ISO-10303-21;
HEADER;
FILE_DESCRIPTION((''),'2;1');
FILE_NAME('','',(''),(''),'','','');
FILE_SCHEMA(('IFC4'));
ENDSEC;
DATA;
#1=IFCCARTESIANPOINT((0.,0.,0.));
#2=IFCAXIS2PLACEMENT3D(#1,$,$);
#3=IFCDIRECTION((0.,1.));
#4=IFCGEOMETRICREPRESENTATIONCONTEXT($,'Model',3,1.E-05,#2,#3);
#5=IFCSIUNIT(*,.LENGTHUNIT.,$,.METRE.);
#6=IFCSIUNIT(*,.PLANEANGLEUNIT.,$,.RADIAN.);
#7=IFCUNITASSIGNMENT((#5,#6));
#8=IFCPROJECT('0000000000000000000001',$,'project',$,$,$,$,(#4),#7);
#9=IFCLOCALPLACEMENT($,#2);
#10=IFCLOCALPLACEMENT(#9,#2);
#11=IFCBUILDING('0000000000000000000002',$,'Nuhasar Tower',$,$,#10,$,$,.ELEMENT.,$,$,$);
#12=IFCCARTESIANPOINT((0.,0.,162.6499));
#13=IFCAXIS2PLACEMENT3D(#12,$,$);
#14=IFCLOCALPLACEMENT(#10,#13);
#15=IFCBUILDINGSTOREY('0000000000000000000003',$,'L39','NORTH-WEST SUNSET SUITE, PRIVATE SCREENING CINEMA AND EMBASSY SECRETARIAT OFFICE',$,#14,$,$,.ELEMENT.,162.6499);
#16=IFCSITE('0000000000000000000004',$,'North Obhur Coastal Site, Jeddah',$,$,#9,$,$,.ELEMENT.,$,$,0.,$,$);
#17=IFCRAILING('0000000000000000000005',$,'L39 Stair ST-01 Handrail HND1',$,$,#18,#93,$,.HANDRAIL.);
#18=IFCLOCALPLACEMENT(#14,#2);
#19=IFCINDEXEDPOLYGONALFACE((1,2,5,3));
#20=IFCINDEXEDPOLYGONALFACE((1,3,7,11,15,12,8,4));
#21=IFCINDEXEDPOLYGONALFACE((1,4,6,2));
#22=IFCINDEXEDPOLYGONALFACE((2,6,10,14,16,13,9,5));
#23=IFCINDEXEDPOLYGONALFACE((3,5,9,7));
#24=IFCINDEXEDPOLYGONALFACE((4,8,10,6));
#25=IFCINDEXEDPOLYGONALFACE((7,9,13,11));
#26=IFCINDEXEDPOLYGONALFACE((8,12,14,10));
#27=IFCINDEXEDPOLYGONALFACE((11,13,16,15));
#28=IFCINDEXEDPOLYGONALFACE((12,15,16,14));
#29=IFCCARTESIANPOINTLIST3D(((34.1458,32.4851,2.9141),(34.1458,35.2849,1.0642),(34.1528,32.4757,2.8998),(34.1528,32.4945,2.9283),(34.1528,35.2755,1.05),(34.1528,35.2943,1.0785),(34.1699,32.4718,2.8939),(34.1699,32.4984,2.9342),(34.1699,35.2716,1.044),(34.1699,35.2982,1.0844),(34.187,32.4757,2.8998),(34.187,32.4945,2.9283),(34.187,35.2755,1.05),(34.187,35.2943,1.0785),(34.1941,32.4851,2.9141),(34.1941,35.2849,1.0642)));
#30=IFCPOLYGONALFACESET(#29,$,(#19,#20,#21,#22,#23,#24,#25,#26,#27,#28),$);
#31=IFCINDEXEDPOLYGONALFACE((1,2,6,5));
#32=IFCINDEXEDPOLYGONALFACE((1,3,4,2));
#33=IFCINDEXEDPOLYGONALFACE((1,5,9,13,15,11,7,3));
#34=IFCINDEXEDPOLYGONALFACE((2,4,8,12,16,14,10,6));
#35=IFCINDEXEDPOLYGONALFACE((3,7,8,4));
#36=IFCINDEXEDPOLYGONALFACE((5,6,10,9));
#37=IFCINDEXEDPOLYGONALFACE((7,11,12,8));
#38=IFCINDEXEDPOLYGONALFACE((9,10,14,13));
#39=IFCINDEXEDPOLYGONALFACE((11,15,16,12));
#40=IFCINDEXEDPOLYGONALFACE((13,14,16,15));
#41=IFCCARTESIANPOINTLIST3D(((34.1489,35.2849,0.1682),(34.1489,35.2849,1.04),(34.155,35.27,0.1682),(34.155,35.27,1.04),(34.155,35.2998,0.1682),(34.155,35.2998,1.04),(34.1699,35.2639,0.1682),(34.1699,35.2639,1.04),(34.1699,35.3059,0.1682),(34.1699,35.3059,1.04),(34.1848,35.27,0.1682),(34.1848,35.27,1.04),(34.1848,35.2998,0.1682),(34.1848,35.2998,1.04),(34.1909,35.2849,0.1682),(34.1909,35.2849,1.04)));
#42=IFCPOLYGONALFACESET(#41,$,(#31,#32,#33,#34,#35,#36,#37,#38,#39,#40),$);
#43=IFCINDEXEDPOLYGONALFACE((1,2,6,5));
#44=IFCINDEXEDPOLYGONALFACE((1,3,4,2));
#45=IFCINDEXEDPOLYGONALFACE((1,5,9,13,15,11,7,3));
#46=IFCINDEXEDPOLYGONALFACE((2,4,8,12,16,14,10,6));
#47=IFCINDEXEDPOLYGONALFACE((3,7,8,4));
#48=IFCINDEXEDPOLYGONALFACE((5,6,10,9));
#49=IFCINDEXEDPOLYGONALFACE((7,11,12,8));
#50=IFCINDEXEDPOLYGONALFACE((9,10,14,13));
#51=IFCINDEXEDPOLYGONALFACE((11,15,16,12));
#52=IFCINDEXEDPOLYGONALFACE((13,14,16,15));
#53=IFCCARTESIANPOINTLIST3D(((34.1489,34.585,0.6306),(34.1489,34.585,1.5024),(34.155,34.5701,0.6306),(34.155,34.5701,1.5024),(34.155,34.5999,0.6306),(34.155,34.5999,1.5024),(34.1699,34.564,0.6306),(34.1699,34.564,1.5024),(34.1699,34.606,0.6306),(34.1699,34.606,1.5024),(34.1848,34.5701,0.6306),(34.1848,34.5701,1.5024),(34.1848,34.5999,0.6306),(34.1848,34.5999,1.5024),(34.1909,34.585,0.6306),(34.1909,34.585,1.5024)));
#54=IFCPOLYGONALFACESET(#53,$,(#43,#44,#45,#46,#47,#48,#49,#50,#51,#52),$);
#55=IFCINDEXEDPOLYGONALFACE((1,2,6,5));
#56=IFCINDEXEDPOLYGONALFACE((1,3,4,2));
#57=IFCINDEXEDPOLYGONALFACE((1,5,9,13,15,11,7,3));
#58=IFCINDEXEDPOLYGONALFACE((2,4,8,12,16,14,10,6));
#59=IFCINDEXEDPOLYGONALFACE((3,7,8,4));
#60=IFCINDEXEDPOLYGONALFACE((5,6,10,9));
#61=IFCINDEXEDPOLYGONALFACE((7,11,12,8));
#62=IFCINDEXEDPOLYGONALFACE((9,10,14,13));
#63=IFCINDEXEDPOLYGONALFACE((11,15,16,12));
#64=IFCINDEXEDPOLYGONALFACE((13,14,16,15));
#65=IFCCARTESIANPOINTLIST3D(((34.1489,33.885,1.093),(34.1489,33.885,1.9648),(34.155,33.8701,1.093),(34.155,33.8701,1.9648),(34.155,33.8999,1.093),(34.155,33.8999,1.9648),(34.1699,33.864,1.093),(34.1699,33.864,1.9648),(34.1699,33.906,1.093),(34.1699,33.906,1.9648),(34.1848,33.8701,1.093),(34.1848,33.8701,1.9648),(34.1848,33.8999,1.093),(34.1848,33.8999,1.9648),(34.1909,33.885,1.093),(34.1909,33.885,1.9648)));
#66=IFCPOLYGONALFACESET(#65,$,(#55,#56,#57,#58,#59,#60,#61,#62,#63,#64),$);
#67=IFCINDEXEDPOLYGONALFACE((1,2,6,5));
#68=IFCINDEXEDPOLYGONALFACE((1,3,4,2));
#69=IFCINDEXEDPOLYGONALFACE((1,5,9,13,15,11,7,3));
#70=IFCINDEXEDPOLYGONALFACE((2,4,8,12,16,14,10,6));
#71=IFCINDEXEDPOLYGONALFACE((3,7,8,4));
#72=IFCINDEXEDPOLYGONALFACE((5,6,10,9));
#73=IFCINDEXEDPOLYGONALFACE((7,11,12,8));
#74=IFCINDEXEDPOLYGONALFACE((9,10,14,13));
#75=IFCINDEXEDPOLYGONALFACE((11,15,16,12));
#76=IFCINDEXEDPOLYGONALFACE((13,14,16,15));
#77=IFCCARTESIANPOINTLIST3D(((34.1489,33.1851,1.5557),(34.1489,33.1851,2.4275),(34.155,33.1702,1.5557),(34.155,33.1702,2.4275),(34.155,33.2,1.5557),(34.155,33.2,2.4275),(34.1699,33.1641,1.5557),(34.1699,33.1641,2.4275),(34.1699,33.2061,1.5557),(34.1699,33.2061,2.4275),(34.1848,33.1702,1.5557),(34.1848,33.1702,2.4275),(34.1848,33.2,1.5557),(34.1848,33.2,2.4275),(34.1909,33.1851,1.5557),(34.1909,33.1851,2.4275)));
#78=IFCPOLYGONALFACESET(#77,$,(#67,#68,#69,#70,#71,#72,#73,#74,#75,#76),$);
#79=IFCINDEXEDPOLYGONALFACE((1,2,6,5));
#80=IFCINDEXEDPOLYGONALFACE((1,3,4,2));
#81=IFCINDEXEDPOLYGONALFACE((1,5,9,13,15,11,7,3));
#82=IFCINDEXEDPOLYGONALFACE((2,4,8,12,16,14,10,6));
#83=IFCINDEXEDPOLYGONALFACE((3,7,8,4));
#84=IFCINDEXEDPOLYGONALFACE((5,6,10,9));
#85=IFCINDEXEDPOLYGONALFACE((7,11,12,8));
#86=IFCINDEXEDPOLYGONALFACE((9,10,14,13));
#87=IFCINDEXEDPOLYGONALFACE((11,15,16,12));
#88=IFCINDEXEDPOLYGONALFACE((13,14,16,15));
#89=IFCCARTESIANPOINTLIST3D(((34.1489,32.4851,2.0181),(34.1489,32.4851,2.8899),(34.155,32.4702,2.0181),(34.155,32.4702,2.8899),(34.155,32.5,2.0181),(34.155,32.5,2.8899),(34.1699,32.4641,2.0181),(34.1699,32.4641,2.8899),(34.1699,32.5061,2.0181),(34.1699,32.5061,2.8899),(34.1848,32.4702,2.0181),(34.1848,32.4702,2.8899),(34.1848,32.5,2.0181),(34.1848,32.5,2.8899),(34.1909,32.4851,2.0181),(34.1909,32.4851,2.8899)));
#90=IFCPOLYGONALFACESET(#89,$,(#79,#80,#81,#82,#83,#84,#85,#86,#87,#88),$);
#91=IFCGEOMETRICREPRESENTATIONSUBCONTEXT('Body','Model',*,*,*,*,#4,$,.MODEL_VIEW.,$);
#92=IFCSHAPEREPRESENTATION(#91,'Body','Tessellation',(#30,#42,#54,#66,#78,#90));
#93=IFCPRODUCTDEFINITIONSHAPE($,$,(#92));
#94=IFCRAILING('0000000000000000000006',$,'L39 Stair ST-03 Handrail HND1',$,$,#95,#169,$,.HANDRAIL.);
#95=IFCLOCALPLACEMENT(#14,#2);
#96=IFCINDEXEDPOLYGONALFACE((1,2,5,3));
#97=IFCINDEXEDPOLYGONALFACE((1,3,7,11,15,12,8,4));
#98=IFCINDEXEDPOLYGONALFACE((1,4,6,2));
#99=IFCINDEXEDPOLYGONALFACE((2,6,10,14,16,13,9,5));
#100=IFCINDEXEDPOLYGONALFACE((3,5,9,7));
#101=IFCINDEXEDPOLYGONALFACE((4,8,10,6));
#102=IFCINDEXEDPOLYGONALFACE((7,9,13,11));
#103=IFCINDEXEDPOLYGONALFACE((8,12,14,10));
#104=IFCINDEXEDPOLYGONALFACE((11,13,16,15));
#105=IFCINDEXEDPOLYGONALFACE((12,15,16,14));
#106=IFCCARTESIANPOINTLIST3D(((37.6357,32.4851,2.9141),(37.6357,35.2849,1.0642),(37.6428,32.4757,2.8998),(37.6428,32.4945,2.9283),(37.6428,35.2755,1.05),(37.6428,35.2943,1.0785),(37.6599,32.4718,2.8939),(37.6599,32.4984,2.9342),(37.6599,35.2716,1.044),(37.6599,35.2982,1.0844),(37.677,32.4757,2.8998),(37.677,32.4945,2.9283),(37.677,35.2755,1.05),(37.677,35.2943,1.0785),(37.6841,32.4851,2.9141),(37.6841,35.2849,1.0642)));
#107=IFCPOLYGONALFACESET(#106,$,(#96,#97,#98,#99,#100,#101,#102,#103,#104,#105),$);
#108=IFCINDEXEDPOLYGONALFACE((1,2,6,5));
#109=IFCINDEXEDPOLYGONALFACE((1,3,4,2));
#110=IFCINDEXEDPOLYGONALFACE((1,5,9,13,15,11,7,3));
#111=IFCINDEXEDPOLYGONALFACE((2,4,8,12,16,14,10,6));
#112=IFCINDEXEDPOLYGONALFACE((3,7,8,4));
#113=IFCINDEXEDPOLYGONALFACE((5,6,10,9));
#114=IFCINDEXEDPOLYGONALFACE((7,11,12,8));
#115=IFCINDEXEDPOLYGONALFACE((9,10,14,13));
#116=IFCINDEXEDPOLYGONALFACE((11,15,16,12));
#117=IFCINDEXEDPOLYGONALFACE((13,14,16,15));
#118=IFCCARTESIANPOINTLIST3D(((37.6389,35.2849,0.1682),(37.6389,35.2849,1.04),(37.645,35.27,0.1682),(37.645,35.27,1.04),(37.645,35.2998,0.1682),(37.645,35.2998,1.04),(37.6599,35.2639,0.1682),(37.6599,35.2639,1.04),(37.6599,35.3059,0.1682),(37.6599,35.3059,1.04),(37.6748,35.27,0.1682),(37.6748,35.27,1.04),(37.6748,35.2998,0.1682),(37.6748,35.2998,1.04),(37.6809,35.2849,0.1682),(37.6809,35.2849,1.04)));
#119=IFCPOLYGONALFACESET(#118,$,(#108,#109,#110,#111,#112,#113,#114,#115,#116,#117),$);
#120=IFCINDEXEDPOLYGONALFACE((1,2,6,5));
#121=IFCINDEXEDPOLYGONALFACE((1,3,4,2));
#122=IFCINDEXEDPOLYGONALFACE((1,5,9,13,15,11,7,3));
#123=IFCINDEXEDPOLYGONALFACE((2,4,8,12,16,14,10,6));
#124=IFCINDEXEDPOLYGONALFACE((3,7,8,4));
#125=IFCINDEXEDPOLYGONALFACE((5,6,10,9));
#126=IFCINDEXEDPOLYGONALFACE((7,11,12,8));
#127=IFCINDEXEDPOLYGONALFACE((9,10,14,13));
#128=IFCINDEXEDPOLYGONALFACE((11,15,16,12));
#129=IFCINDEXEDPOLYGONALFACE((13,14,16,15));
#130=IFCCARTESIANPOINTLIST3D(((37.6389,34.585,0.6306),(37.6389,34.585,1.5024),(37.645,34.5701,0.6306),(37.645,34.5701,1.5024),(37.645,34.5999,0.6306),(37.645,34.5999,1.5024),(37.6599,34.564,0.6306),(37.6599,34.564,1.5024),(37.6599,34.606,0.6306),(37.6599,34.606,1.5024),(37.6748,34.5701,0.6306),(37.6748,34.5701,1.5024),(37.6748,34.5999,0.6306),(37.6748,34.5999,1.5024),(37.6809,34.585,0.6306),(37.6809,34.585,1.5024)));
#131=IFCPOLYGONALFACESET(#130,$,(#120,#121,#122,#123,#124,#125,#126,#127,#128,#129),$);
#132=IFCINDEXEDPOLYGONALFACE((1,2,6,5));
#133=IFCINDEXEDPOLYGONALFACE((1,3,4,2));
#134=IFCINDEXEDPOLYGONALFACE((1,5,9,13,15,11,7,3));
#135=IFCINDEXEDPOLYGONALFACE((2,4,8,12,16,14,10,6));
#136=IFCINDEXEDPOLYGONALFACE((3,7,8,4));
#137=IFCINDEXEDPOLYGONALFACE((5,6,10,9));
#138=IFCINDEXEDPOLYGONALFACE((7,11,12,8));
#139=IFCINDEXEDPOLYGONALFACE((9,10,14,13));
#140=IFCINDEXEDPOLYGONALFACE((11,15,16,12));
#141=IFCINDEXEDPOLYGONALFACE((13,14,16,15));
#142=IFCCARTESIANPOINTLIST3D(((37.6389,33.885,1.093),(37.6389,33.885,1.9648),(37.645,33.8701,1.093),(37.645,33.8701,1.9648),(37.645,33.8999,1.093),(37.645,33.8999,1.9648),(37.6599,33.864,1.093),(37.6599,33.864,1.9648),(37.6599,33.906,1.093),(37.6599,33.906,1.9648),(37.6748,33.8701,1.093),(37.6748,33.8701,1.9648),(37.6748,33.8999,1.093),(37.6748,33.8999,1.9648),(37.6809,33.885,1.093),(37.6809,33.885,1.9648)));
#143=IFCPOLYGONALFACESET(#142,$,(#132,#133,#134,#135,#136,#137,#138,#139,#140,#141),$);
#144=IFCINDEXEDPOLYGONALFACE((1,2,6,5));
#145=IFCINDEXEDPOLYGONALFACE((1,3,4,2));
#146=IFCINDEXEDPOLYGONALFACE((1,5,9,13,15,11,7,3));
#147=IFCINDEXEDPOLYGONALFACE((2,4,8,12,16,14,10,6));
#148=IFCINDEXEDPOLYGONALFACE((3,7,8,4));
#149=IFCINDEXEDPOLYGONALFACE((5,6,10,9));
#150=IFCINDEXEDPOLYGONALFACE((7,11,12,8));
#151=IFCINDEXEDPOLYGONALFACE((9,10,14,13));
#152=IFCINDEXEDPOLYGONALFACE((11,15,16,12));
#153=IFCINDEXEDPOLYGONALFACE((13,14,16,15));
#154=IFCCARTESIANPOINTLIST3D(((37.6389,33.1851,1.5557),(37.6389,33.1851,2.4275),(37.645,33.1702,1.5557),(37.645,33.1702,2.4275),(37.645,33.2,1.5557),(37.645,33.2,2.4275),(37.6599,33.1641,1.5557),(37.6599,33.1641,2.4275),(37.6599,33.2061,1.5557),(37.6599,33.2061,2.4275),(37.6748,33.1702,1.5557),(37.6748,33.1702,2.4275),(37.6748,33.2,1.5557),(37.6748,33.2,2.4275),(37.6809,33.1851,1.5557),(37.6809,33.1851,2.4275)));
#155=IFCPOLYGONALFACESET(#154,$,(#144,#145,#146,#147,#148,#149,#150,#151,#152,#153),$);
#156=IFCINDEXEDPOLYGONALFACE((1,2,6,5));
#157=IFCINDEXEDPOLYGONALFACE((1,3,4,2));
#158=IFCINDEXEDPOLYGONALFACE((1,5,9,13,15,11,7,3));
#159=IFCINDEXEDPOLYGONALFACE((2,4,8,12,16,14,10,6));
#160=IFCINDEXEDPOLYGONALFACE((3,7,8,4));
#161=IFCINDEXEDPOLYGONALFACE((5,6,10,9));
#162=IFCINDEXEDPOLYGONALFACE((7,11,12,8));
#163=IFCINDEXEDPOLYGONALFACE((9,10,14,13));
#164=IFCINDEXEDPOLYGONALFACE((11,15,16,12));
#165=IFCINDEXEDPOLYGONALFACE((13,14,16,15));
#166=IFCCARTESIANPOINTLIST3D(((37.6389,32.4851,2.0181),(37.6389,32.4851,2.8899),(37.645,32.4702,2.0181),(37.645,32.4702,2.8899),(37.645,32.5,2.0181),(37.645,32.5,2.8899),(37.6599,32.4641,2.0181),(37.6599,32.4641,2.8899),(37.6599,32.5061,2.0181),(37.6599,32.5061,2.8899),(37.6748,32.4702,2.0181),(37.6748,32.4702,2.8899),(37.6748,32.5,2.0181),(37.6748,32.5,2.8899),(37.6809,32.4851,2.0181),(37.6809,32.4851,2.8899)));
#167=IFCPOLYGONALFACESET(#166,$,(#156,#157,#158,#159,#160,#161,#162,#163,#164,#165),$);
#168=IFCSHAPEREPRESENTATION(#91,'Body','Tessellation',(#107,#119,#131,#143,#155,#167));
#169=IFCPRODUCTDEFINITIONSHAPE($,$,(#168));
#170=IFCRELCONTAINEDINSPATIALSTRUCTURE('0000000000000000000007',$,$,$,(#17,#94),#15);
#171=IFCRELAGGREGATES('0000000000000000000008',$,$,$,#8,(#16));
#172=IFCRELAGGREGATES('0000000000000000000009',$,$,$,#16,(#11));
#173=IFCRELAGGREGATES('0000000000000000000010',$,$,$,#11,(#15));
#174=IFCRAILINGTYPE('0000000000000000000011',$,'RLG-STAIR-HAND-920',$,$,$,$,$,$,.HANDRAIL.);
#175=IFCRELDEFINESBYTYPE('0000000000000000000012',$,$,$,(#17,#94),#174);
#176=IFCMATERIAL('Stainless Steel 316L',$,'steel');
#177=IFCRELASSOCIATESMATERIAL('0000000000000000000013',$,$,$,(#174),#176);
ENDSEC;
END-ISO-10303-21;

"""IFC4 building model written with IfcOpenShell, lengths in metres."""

from ifc_helpers import new_model, si_unit, direction, frame, origin, place, context, subcontext, project, spatial, polyline, outline, extrude, material, type_object, element, save


model = new_model("IFC4")

# Units and contexts
model_context = context("Model", 3, precision=1e-05, world=origin(), true_north=direction((0.0, 1.0)))
body_context = subcontext(model_context, "Body", "Model", "MODEL_VIEW")
ifc_project = project(units=[si_unit("LENGTHUNIT", "METRE"), si_unit("PLANEANGLEUNIT", "RADIAN")], contexts=[model_context])

# Site, building, storey
site_placement = place(None, origin())
site = spatial("IfcSite", under=ifc_project, at=site_placement, Name="North Obhur Coastal Site, Jeddah", CompositionType="ELEMENT", RefElevation=0.0)
building_placement = place(site_placement, origin())
building = spatial("IfcBuilding", under=site, at=building_placement, Name="Nuhasar Tower", CompositionType="ELEMENT")
storey_placement = place(building_placement, frame((0.0, 0.0, 162.6499)))
storey = spatial("IfcBuildingStorey", under=building, at=storey_placement, Name="L39", Description="NORTH-WEST SUNSET SUITE, PRIVATE SCREENING CINEMA AND EMBASSY SECRETARIAT OFFICE", CompositionType="ELEMENT", Elevation=162.6499)

# Railings
ifc_material_1 = material(Name="Stainless Steel 316L", Category="steel")
railing_type_1 = type_object("IfcRailingType", Name="RLG-STAIR-HAND-920", PredefinedType="HANDRAIL", material=ifc_material_1)
railing_1_placement = place(storey_placement, frame((34.1699, 35.2849, 0.1682)))
element("IfcRailing", 1, at=railing_1_placement, inside=storey, type_object=railing_type_1, Name="L39 Stair ST-01 Handrail HND1", PredefinedType="HANDRAIL", context=body_context, shape_type="SweptSolid", body=[
    extrude(outline(polyline([(0.0242, 0.0), (0.0171, 0.0171), (0.0, 0.0242), (-0.0171, 0.0171), (-0.0242, 0.0), (-0.0171, -0.0171), (0.0, -0.0242), (0.0171, -0.0171), (0.0242, 0.0)])), frame((0.0, 0.0, 0.896), z_axis=(0.0, -0.834338, 0.551254), x_axis=(1.0, 0.0, 0.0)), (0.0, 0.0, 1.0), 3.3557),
    extrude(outline(polyline([(0.021, 0.0), (0.0149, 0.0149), (0.0, 0.021), (-0.0149, 0.0149), (-0.021, 0.0), (-0.0149, -0.0149), (0.0, -0.021), (0.0149, -0.0149), (0.021, 0.0)])), origin(), (0.0, 0.0, 1.0), 0.8718),
    extrude(outline(polyline([(0.021, 0.0), (0.0149, 0.0149), (0.0, 0.021), (-0.0149, 0.0149), (-0.021, 0.0), (-0.0149, -0.0149), (0.0, -0.021), (0.0149, -0.0149), (0.021, 0.0)])), frame((0.0, -0.7, 0.4624)), (0.0, 0.0, 1.0), 0.8718),
    extrude(outline(polyline([(0.021, 0.0), (0.0149, 0.0149), (0.0, 0.021), (-0.0149, 0.0149), (-0.021, 0.0), (-0.0149, -0.0149), (0.0, -0.021), (0.0149, -0.0149), (0.021, 0.0)])), frame((0.0, -1.3999, 0.9248)), (0.0, 0.0, 1.0), 0.8718),
    extrude(outline(polyline([(0.021, 0.0), (0.0149, 0.0149), (0.0, 0.021), (-0.0149, 0.0149), (-0.021, 0.0), (-0.0149, -0.0149), (0.0, -0.021), (0.0149, -0.0149), (0.021, 0.0)])), frame((0.0, -2.0999, 1.3875)), (0.0, 0.0, 1.0), 0.8718),
    extrude(outline(polyline([(0.021, 0.0), (0.0149, 0.0149), (0.0, 0.021), (-0.0149, 0.0149), (-0.021, 0.0), (-0.0149, -0.0149), (0.0, -0.021), (0.0149, -0.0149), (0.021, 0.0)])), frame((0.0, -2.7998, 1.8499)), (0.0, 0.0, 1.0), 0.8718),
])
railing_2_placement = place(storey_placement, frame((37.6599, 35.2849, 0.1682)))
element("IfcRailing", 2, at=railing_2_placement, inside=storey, type_object=railing_type_1, Name="L39 Stair ST-03 Handrail HND1", PredefinedType="HANDRAIL", context=body_context, shape_type="SweptSolid", body=[
    extrude(outline(polyline([(0.0242, 0.0), (0.0171, 0.0171), (0.0, 0.0242), (-0.0171, 0.0171), (-0.0242, 0.0), (-0.0171, -0.0171), (0.0, -0.0242), (0.0171, -0.0171), (0.0242, 0.0)])), frame((0.0, 0.0, 0.896), z_axis=(0.0, -0.834338, 0.551254), x_axis=(1.0, 0.0, 0.0)), (0.0, 0.0, 1.0), 3.3557),
    extrude(outline(polyline([(0.021, 0.0), (0.0149, 0.0149), (0.0, 0.021), (-0.0149, 0.0149), (-0.021, 0.0), (-0.0149, -0.0149), (0.0, -0.021), (0.0149, -0.0149), (0.021, 0.0)])), origin(), (0.0, 0.0, 1.0), 0.8718),
    extrude(outline(polyline([(0.021, 0.0), (0.0149, 0.0149), (0.0, 0.021), (-0.0149, 0.0149), (-0.021, 0.0), (-0.0149, -0.0149), (0.0, -0.021), (0.0149, -0.0149), (0.021, 0.0)])), frame((0.0, -0.7, 0.4624)), (0.0, 0.0, 1.0), 0.8718),
    extrude(outline(polyline([(0.021, 0.0), (0.0149, 0.0149), (0.0, 0.021), (-0.0149, 0.0149), (-0.021, 0.0), (-0.0149, -0.0149), (0.0, -0.021), (0.0149, -0.0149), (0.021, 0.0)])), frame((0.0, -1.3999, 0.9248)), (0.0, 0.0, 1.0), 0.8718),
    extrude(outline(polyline([(0.021, 0.0), (0.0149, 0.0149), (0.0, 0.021), (-0.0149, 0.0149), (-0.021, 0.0), (-0.0149, -0.0149), (0.0, -0.021), (0.0149, -0.0149), (0.021, 0.0)])), frame((0.0, -2.0999, 1.3875)), (0.0, 0.0, 1.0), 0.8718),
    extrude(outline(polyline([(0.021, 0.0), (0.0149, 0.0149), (0.0, 0.021), (-0.0149, 0.0149), (-0.021, 0.0), (-0.0149, -0.0149), (0.0, -0.021), (0.0149, -0.0149), (0.021, 0.0)])), frame((0.0, -2.7998, 1.8499)), (0.0, 0.0, 1.0), 0.8718),
])

save(model, "model.ifc")
